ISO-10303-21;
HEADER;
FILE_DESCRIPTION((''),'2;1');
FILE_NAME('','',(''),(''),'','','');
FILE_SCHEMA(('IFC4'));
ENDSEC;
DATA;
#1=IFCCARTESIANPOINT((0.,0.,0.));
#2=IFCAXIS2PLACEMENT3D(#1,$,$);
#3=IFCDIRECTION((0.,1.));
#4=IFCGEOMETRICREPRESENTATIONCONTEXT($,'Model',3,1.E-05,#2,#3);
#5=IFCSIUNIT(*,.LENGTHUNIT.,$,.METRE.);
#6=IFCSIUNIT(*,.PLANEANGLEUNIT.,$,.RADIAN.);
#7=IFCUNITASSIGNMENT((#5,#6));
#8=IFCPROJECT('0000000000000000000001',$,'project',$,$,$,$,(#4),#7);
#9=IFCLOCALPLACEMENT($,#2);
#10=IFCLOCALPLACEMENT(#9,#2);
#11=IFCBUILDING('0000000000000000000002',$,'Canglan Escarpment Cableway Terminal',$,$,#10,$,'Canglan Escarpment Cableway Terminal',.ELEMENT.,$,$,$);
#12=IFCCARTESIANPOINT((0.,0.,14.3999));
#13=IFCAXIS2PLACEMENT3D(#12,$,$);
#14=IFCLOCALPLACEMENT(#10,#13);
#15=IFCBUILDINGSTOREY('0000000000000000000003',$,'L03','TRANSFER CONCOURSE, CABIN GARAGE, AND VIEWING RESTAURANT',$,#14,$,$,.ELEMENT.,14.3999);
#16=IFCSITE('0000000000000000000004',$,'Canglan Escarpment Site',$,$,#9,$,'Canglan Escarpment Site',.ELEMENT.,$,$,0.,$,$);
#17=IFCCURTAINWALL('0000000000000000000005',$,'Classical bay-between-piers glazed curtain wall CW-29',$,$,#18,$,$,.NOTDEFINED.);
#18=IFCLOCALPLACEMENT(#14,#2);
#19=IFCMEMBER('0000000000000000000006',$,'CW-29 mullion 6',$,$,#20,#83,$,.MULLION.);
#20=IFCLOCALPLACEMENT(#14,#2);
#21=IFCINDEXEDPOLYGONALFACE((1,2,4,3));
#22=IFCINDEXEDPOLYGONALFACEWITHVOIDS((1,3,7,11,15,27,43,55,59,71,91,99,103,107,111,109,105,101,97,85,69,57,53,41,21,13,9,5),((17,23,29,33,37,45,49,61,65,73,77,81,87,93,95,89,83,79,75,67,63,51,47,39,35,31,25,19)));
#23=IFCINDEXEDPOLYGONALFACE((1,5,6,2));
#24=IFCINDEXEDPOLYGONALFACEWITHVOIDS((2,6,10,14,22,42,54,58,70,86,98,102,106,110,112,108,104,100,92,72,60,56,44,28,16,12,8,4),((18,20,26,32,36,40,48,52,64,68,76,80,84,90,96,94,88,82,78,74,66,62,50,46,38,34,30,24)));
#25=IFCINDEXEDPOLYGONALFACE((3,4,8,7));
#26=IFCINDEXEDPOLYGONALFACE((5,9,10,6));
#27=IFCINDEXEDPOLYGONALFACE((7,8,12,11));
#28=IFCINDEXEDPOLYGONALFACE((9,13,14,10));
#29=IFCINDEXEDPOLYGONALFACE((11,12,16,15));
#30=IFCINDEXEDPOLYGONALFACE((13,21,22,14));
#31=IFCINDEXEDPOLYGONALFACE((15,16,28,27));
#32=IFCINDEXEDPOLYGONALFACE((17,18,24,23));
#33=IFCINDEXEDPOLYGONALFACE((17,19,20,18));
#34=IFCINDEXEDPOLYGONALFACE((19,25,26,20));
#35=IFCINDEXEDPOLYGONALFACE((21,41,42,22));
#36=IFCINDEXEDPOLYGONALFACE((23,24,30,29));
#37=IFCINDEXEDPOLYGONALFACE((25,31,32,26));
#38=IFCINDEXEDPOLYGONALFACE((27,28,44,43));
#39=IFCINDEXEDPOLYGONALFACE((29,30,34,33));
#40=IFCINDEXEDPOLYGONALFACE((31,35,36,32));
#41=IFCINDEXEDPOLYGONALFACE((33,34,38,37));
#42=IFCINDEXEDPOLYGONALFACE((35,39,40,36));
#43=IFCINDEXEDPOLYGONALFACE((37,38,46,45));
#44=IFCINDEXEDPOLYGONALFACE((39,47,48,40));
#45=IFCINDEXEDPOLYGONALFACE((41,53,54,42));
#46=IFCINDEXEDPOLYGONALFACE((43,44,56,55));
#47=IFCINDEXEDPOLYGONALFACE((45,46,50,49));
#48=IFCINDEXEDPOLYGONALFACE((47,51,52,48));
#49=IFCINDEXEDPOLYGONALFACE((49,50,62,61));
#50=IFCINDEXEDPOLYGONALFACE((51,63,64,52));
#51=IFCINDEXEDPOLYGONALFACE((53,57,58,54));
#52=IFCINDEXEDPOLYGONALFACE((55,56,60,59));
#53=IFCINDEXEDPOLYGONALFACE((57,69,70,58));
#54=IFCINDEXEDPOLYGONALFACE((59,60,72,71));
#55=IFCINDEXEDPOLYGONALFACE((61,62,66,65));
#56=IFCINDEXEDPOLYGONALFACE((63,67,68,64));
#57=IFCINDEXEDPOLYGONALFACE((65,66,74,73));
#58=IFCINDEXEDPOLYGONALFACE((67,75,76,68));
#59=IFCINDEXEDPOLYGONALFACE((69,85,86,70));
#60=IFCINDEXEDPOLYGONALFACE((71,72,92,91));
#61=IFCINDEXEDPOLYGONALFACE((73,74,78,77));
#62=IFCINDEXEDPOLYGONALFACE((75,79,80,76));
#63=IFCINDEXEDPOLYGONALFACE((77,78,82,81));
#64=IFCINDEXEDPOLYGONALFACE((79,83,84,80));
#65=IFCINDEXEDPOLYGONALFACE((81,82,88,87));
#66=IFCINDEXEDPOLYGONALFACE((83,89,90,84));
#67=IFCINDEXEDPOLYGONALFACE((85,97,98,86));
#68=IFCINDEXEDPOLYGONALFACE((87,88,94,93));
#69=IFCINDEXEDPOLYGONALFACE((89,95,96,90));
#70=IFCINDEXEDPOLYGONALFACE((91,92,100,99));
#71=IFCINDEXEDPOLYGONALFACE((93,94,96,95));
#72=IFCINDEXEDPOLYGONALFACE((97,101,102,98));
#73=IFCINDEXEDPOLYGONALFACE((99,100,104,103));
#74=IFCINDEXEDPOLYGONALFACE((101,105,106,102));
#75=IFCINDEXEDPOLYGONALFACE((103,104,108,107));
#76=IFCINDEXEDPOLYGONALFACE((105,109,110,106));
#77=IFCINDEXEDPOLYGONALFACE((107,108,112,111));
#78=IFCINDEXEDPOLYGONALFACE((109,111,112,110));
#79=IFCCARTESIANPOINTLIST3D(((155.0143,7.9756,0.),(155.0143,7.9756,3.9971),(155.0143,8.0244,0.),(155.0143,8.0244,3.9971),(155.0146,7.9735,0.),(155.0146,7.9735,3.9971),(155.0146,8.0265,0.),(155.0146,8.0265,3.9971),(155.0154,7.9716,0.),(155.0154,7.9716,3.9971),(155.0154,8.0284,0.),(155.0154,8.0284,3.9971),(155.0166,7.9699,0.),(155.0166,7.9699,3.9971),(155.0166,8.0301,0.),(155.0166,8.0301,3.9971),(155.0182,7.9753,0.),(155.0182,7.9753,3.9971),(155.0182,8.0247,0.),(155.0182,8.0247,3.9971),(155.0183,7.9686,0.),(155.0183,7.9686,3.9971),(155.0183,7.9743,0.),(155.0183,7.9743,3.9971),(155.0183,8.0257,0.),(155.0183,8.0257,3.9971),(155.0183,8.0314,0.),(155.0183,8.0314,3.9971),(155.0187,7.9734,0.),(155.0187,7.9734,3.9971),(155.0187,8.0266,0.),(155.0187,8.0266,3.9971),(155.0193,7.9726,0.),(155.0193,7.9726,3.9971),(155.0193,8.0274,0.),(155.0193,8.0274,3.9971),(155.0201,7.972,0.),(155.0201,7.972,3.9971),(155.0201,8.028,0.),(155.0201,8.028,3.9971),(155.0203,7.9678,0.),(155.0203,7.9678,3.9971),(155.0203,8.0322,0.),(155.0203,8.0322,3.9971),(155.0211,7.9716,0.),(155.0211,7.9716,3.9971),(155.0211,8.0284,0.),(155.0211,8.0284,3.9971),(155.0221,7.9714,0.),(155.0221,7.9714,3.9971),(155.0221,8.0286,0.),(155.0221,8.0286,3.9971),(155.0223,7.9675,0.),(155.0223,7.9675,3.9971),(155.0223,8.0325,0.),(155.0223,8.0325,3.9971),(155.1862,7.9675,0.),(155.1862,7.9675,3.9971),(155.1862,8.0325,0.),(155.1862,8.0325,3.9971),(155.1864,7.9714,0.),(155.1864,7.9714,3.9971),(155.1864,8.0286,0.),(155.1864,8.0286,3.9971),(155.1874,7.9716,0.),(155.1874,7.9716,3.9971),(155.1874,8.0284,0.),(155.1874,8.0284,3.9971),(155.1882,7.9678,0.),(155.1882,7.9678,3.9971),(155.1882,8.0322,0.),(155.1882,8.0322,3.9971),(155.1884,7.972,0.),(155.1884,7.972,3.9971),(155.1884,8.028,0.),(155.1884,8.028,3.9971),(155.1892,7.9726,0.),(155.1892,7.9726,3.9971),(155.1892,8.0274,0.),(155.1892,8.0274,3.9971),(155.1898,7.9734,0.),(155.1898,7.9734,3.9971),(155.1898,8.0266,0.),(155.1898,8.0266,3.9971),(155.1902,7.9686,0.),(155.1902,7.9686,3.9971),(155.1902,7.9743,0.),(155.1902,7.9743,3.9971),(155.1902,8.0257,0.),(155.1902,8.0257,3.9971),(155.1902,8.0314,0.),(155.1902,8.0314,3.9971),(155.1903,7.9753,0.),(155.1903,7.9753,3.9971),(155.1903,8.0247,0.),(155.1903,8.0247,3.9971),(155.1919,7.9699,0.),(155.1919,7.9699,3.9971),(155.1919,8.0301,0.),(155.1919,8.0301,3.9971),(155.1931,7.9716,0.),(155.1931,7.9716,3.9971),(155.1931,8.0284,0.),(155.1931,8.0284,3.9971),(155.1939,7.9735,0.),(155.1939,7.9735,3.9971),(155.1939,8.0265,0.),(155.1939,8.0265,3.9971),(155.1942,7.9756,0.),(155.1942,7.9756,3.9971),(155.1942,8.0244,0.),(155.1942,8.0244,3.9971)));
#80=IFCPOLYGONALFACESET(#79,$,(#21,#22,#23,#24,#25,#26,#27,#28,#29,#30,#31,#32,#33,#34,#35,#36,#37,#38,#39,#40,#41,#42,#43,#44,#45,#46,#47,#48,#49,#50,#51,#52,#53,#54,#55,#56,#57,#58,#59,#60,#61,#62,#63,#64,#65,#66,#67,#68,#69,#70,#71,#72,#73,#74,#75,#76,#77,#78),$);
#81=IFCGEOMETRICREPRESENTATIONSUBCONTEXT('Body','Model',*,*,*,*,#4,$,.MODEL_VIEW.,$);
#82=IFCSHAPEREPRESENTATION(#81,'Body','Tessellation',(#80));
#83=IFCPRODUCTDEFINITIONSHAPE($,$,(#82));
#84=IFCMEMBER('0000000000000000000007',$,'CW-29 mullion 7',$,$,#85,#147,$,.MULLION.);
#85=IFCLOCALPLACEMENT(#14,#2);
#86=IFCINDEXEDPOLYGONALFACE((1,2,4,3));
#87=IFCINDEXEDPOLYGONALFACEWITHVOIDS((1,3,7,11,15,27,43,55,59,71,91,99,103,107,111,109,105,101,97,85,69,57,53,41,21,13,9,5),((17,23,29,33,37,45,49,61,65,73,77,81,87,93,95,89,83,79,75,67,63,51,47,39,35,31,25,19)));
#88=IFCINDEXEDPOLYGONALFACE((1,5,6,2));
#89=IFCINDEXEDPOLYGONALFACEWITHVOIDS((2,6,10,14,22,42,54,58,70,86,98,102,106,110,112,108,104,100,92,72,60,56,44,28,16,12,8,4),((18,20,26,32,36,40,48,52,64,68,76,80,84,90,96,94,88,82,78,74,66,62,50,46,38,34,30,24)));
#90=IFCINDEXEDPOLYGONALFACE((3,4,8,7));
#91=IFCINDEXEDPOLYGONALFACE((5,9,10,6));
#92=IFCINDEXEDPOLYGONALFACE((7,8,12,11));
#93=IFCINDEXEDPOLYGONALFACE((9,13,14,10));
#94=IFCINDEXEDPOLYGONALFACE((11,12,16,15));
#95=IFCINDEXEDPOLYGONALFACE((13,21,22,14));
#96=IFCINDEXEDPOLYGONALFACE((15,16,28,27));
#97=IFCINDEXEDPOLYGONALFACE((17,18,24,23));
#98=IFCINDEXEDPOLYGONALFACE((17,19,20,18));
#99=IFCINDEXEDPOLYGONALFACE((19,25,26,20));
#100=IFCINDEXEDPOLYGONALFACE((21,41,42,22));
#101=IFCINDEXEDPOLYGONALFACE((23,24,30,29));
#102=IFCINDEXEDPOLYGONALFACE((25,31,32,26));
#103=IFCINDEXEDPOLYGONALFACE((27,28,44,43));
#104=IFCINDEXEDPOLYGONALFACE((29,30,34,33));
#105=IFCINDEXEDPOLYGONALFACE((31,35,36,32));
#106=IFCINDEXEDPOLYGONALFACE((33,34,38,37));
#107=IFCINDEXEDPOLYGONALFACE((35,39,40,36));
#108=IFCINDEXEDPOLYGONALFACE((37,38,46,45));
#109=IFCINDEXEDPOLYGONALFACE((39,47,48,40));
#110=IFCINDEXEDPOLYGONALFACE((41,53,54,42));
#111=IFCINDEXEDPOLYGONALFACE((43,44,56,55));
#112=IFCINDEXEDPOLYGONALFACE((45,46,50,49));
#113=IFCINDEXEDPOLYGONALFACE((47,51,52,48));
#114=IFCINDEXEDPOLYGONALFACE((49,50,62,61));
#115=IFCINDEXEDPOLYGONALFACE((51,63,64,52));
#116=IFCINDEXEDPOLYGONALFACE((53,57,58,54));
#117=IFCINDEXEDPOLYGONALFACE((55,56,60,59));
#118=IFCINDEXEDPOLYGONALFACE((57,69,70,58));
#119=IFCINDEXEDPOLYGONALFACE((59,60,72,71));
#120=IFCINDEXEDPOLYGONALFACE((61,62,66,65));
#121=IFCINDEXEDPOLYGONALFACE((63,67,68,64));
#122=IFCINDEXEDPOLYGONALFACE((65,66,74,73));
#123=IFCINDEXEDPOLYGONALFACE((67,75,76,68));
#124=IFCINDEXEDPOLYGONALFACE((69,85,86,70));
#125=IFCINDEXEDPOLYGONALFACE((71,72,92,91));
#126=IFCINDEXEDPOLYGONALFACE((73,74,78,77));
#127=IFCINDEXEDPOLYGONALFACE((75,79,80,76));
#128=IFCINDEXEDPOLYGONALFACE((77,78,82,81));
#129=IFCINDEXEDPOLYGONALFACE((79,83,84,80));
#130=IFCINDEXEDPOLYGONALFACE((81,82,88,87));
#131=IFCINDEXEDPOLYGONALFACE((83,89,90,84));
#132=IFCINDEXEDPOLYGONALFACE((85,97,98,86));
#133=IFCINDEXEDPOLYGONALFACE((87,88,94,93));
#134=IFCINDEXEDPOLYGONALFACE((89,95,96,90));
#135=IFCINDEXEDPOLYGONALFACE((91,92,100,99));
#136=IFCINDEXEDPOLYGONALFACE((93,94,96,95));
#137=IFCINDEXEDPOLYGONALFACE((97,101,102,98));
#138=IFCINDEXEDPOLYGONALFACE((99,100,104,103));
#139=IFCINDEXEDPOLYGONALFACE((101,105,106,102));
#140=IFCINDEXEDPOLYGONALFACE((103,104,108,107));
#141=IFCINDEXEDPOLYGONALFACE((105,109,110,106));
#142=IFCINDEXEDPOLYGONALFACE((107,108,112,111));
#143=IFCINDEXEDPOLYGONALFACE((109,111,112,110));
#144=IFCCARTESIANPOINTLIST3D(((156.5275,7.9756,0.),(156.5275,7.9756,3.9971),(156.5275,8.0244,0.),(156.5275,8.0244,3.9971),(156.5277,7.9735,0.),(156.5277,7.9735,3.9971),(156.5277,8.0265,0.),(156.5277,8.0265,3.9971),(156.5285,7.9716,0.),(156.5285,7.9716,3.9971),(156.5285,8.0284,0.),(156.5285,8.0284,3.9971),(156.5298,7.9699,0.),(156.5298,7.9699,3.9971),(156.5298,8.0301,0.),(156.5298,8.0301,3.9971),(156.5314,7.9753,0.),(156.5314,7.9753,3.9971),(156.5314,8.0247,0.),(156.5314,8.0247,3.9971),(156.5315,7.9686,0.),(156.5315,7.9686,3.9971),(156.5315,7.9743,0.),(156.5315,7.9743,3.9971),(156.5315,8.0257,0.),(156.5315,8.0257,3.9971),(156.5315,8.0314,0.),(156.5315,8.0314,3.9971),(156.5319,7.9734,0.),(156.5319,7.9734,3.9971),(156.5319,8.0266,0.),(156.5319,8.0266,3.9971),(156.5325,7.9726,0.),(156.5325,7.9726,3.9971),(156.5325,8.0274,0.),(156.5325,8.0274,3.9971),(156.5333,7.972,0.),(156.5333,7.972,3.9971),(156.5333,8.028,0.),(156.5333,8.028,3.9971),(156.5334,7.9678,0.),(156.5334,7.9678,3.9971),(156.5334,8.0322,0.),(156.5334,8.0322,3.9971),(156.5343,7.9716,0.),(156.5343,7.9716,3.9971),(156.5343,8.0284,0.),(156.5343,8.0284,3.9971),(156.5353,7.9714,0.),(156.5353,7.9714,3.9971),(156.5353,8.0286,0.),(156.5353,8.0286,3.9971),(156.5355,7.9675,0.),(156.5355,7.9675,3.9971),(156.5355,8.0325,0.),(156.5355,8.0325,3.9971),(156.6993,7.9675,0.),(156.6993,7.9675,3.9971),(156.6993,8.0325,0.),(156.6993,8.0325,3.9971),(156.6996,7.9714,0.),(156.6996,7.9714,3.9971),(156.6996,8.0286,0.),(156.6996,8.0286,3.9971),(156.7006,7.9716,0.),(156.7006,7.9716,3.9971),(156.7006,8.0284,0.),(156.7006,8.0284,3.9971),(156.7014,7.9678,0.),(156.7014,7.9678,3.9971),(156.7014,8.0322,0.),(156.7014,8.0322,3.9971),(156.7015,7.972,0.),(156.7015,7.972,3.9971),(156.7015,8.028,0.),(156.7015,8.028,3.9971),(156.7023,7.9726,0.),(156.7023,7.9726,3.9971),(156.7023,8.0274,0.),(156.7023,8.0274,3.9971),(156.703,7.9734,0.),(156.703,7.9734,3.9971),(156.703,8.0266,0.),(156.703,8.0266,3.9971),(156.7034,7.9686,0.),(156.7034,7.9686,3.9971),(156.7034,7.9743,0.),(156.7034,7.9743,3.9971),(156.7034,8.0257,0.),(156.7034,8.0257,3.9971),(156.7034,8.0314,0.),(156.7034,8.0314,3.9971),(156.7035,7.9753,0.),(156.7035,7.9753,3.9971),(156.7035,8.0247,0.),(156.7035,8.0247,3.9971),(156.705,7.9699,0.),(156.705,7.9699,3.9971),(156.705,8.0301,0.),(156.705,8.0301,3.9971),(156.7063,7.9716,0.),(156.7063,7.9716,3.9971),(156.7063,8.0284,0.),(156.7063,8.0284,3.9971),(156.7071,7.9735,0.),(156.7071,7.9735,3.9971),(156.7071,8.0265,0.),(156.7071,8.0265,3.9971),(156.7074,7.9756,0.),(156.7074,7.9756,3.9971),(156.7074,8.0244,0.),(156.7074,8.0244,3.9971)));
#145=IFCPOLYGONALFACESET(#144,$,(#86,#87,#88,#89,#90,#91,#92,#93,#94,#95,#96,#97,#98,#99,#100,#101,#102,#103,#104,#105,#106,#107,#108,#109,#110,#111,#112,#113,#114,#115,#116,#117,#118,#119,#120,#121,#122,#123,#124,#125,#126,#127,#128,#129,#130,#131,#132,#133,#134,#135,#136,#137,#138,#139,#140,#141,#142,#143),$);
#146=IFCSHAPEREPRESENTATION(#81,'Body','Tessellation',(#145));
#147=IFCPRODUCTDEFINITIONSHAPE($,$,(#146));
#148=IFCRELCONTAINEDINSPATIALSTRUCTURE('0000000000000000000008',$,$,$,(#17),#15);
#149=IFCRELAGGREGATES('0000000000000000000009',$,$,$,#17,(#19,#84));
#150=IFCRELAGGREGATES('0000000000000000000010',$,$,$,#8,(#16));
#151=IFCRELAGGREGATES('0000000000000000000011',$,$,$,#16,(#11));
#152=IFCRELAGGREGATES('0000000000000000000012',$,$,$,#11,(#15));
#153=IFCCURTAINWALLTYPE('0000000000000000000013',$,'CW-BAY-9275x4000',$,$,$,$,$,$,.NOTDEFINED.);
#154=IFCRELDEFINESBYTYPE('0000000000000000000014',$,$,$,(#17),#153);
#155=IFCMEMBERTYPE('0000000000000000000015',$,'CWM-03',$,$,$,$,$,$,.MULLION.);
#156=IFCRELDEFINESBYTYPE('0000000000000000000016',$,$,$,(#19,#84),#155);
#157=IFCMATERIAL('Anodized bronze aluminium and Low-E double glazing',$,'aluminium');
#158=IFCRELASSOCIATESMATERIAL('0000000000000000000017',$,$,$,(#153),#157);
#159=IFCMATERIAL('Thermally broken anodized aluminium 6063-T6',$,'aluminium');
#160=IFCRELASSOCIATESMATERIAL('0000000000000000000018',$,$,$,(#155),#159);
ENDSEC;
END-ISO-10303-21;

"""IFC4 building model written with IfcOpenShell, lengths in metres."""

from ifc_helpers import new_model, si_unit, direction, frame, origin, origin_2d, place, context, subcontext, project, spatial, hollow_rectangle, extrude, material, material_profile, profile_set, type_object, element, aggregate, save


model = new_model("IFC4")

# Units and contexts
model_context = context("Model", 3, precision=1e-05, world=origin(), true_north=direction((0.0, 1.0)))
body_context = subcontext(model_context, "Body", "Model", "MODEL_VIEW")
ifc_project = project(units=[si_unit("LENGTHUNIT", "METRE"), si_unit("PLANEANGLEUNIT", "RADIAN")], contexts=[model_context])

# Site, building, storey
site_placement = place(None, origin())
site = spatial("IfcSite", under=ifc_project, at=site_placement, Name="Canglan Escarpment Site", LongName="Canglan Escarpment Site", CompositionType="ELEMENT", RefElevation=0.0)
building_placement = place(site_placement, origin())
building = spatial("IfcBuilding", under=site, at=building_placement, Name="Canglan Escarpment Cableway Terminal", LongName="Canglan Escarpment Cableway Terminal", CompositionType="ELEMENT")
storey_placement = place(building_placement, frame((0.0, 0.0, 14.3999)))
storey = spatial("IfcBuildingStorey", under=building, at=storey_placement, Name="L03", Description="TRANSFER CONCOURSE, CABIN GARAGE, AND VIEWING RESTAURANT", CompositionType="ELEMENT", Elevation=14.3999)

# Curtain wall, members
ifc_material_1 = material(Name="Anodized bronze aluminium and Low-E double glazing", Category="aluminium")
curtain_wall_type = type_object("IfcCurtainWallType", Name="CW-BAY-9275x4000", PredefinedType="NOTDEFINED", material=ifc_material_1)
curtain_wall_placement = place(storey_placement, origin())
curtain_wall = element("IfcCurtainWall", 1, at=curtain_wall_placement, inside=storey, type_object=curtain_wall_type, Name="Classical bay-between-piers glazed curtain wall CW-29", PredefinedType="NOTDEFINED")
ifc_material_2 = material(Name="Thermally broken anodized aluminium 6063-T6", Category="aluminium")
ifc_material_profile_1 = material_profile(ifc_material_2, hollow_rectangle(XDim=0.0649, YDim=0.1799, WallThickness=0.0039, InnerFilletRadius=0.0039, OuterFilletRadius=0.0081, at=origin_2d()), Name="ALU-MULL 65x180x4")
ifc_profile_set_1 = profile_set([ifc_material_profile_1], Name="Thermally broken anodized aluminium 6063-T6")
member_type_1 = type_object("IfcMemberType", Name="CWM-03", PredefinedType="MULLION", material=ifc_profile_set_1)
member_1_placement = place(storey_placement, frame((155.1042, 8.0, 0.0), z_axis=(0.0, 0.0, 1.0), x_axis=(0.0, 1.0, 0.0)))
member_1 = element("IfcMember", 2, at=member_1_placement, type_object=member_type_1, Name="CW-29 mullion 6", PredefinedType="MULLION", context=body_context, shape_type="SweptSolid", body=[
    extrude(hollow_rectangle(XDim=0.0649, YDim=0.1799, WallThickness=0.0039, InnerFilletRadius=0.0039, OuterFilletRadius=0.0081, at=origin_2d()), origin(), (0.0, 0.0, 1.0), 3.9971),
])
member_2_placement = place(storey_placement, frame((156.6174, 8.0, 0.0), z_axis=(0.0, 0.0, 1.0), x_axis=(0.0, 1.0, 0.0)))
member_2 = element("IfcMember", 3, at=member_2_placement, type_object=member_type_1, Name="CW-29 mullion 7", PredefinedType="MULLION", context=body_context, shape_type="SweptSolid", body=[
    extrude(hollow_rectangle(XDim=0.0649, YDim=0.1799, WallThickness=0.0039, InnerFilletRadius=0.0039, OuterFilletRadius=0.0081, at=origin_2d()), origin(), (0.0, 0.0, 1.0), 3.9971),
])
aggregate(curtain_wall, [member_1, member_2])

save(model, "model.ifc")
